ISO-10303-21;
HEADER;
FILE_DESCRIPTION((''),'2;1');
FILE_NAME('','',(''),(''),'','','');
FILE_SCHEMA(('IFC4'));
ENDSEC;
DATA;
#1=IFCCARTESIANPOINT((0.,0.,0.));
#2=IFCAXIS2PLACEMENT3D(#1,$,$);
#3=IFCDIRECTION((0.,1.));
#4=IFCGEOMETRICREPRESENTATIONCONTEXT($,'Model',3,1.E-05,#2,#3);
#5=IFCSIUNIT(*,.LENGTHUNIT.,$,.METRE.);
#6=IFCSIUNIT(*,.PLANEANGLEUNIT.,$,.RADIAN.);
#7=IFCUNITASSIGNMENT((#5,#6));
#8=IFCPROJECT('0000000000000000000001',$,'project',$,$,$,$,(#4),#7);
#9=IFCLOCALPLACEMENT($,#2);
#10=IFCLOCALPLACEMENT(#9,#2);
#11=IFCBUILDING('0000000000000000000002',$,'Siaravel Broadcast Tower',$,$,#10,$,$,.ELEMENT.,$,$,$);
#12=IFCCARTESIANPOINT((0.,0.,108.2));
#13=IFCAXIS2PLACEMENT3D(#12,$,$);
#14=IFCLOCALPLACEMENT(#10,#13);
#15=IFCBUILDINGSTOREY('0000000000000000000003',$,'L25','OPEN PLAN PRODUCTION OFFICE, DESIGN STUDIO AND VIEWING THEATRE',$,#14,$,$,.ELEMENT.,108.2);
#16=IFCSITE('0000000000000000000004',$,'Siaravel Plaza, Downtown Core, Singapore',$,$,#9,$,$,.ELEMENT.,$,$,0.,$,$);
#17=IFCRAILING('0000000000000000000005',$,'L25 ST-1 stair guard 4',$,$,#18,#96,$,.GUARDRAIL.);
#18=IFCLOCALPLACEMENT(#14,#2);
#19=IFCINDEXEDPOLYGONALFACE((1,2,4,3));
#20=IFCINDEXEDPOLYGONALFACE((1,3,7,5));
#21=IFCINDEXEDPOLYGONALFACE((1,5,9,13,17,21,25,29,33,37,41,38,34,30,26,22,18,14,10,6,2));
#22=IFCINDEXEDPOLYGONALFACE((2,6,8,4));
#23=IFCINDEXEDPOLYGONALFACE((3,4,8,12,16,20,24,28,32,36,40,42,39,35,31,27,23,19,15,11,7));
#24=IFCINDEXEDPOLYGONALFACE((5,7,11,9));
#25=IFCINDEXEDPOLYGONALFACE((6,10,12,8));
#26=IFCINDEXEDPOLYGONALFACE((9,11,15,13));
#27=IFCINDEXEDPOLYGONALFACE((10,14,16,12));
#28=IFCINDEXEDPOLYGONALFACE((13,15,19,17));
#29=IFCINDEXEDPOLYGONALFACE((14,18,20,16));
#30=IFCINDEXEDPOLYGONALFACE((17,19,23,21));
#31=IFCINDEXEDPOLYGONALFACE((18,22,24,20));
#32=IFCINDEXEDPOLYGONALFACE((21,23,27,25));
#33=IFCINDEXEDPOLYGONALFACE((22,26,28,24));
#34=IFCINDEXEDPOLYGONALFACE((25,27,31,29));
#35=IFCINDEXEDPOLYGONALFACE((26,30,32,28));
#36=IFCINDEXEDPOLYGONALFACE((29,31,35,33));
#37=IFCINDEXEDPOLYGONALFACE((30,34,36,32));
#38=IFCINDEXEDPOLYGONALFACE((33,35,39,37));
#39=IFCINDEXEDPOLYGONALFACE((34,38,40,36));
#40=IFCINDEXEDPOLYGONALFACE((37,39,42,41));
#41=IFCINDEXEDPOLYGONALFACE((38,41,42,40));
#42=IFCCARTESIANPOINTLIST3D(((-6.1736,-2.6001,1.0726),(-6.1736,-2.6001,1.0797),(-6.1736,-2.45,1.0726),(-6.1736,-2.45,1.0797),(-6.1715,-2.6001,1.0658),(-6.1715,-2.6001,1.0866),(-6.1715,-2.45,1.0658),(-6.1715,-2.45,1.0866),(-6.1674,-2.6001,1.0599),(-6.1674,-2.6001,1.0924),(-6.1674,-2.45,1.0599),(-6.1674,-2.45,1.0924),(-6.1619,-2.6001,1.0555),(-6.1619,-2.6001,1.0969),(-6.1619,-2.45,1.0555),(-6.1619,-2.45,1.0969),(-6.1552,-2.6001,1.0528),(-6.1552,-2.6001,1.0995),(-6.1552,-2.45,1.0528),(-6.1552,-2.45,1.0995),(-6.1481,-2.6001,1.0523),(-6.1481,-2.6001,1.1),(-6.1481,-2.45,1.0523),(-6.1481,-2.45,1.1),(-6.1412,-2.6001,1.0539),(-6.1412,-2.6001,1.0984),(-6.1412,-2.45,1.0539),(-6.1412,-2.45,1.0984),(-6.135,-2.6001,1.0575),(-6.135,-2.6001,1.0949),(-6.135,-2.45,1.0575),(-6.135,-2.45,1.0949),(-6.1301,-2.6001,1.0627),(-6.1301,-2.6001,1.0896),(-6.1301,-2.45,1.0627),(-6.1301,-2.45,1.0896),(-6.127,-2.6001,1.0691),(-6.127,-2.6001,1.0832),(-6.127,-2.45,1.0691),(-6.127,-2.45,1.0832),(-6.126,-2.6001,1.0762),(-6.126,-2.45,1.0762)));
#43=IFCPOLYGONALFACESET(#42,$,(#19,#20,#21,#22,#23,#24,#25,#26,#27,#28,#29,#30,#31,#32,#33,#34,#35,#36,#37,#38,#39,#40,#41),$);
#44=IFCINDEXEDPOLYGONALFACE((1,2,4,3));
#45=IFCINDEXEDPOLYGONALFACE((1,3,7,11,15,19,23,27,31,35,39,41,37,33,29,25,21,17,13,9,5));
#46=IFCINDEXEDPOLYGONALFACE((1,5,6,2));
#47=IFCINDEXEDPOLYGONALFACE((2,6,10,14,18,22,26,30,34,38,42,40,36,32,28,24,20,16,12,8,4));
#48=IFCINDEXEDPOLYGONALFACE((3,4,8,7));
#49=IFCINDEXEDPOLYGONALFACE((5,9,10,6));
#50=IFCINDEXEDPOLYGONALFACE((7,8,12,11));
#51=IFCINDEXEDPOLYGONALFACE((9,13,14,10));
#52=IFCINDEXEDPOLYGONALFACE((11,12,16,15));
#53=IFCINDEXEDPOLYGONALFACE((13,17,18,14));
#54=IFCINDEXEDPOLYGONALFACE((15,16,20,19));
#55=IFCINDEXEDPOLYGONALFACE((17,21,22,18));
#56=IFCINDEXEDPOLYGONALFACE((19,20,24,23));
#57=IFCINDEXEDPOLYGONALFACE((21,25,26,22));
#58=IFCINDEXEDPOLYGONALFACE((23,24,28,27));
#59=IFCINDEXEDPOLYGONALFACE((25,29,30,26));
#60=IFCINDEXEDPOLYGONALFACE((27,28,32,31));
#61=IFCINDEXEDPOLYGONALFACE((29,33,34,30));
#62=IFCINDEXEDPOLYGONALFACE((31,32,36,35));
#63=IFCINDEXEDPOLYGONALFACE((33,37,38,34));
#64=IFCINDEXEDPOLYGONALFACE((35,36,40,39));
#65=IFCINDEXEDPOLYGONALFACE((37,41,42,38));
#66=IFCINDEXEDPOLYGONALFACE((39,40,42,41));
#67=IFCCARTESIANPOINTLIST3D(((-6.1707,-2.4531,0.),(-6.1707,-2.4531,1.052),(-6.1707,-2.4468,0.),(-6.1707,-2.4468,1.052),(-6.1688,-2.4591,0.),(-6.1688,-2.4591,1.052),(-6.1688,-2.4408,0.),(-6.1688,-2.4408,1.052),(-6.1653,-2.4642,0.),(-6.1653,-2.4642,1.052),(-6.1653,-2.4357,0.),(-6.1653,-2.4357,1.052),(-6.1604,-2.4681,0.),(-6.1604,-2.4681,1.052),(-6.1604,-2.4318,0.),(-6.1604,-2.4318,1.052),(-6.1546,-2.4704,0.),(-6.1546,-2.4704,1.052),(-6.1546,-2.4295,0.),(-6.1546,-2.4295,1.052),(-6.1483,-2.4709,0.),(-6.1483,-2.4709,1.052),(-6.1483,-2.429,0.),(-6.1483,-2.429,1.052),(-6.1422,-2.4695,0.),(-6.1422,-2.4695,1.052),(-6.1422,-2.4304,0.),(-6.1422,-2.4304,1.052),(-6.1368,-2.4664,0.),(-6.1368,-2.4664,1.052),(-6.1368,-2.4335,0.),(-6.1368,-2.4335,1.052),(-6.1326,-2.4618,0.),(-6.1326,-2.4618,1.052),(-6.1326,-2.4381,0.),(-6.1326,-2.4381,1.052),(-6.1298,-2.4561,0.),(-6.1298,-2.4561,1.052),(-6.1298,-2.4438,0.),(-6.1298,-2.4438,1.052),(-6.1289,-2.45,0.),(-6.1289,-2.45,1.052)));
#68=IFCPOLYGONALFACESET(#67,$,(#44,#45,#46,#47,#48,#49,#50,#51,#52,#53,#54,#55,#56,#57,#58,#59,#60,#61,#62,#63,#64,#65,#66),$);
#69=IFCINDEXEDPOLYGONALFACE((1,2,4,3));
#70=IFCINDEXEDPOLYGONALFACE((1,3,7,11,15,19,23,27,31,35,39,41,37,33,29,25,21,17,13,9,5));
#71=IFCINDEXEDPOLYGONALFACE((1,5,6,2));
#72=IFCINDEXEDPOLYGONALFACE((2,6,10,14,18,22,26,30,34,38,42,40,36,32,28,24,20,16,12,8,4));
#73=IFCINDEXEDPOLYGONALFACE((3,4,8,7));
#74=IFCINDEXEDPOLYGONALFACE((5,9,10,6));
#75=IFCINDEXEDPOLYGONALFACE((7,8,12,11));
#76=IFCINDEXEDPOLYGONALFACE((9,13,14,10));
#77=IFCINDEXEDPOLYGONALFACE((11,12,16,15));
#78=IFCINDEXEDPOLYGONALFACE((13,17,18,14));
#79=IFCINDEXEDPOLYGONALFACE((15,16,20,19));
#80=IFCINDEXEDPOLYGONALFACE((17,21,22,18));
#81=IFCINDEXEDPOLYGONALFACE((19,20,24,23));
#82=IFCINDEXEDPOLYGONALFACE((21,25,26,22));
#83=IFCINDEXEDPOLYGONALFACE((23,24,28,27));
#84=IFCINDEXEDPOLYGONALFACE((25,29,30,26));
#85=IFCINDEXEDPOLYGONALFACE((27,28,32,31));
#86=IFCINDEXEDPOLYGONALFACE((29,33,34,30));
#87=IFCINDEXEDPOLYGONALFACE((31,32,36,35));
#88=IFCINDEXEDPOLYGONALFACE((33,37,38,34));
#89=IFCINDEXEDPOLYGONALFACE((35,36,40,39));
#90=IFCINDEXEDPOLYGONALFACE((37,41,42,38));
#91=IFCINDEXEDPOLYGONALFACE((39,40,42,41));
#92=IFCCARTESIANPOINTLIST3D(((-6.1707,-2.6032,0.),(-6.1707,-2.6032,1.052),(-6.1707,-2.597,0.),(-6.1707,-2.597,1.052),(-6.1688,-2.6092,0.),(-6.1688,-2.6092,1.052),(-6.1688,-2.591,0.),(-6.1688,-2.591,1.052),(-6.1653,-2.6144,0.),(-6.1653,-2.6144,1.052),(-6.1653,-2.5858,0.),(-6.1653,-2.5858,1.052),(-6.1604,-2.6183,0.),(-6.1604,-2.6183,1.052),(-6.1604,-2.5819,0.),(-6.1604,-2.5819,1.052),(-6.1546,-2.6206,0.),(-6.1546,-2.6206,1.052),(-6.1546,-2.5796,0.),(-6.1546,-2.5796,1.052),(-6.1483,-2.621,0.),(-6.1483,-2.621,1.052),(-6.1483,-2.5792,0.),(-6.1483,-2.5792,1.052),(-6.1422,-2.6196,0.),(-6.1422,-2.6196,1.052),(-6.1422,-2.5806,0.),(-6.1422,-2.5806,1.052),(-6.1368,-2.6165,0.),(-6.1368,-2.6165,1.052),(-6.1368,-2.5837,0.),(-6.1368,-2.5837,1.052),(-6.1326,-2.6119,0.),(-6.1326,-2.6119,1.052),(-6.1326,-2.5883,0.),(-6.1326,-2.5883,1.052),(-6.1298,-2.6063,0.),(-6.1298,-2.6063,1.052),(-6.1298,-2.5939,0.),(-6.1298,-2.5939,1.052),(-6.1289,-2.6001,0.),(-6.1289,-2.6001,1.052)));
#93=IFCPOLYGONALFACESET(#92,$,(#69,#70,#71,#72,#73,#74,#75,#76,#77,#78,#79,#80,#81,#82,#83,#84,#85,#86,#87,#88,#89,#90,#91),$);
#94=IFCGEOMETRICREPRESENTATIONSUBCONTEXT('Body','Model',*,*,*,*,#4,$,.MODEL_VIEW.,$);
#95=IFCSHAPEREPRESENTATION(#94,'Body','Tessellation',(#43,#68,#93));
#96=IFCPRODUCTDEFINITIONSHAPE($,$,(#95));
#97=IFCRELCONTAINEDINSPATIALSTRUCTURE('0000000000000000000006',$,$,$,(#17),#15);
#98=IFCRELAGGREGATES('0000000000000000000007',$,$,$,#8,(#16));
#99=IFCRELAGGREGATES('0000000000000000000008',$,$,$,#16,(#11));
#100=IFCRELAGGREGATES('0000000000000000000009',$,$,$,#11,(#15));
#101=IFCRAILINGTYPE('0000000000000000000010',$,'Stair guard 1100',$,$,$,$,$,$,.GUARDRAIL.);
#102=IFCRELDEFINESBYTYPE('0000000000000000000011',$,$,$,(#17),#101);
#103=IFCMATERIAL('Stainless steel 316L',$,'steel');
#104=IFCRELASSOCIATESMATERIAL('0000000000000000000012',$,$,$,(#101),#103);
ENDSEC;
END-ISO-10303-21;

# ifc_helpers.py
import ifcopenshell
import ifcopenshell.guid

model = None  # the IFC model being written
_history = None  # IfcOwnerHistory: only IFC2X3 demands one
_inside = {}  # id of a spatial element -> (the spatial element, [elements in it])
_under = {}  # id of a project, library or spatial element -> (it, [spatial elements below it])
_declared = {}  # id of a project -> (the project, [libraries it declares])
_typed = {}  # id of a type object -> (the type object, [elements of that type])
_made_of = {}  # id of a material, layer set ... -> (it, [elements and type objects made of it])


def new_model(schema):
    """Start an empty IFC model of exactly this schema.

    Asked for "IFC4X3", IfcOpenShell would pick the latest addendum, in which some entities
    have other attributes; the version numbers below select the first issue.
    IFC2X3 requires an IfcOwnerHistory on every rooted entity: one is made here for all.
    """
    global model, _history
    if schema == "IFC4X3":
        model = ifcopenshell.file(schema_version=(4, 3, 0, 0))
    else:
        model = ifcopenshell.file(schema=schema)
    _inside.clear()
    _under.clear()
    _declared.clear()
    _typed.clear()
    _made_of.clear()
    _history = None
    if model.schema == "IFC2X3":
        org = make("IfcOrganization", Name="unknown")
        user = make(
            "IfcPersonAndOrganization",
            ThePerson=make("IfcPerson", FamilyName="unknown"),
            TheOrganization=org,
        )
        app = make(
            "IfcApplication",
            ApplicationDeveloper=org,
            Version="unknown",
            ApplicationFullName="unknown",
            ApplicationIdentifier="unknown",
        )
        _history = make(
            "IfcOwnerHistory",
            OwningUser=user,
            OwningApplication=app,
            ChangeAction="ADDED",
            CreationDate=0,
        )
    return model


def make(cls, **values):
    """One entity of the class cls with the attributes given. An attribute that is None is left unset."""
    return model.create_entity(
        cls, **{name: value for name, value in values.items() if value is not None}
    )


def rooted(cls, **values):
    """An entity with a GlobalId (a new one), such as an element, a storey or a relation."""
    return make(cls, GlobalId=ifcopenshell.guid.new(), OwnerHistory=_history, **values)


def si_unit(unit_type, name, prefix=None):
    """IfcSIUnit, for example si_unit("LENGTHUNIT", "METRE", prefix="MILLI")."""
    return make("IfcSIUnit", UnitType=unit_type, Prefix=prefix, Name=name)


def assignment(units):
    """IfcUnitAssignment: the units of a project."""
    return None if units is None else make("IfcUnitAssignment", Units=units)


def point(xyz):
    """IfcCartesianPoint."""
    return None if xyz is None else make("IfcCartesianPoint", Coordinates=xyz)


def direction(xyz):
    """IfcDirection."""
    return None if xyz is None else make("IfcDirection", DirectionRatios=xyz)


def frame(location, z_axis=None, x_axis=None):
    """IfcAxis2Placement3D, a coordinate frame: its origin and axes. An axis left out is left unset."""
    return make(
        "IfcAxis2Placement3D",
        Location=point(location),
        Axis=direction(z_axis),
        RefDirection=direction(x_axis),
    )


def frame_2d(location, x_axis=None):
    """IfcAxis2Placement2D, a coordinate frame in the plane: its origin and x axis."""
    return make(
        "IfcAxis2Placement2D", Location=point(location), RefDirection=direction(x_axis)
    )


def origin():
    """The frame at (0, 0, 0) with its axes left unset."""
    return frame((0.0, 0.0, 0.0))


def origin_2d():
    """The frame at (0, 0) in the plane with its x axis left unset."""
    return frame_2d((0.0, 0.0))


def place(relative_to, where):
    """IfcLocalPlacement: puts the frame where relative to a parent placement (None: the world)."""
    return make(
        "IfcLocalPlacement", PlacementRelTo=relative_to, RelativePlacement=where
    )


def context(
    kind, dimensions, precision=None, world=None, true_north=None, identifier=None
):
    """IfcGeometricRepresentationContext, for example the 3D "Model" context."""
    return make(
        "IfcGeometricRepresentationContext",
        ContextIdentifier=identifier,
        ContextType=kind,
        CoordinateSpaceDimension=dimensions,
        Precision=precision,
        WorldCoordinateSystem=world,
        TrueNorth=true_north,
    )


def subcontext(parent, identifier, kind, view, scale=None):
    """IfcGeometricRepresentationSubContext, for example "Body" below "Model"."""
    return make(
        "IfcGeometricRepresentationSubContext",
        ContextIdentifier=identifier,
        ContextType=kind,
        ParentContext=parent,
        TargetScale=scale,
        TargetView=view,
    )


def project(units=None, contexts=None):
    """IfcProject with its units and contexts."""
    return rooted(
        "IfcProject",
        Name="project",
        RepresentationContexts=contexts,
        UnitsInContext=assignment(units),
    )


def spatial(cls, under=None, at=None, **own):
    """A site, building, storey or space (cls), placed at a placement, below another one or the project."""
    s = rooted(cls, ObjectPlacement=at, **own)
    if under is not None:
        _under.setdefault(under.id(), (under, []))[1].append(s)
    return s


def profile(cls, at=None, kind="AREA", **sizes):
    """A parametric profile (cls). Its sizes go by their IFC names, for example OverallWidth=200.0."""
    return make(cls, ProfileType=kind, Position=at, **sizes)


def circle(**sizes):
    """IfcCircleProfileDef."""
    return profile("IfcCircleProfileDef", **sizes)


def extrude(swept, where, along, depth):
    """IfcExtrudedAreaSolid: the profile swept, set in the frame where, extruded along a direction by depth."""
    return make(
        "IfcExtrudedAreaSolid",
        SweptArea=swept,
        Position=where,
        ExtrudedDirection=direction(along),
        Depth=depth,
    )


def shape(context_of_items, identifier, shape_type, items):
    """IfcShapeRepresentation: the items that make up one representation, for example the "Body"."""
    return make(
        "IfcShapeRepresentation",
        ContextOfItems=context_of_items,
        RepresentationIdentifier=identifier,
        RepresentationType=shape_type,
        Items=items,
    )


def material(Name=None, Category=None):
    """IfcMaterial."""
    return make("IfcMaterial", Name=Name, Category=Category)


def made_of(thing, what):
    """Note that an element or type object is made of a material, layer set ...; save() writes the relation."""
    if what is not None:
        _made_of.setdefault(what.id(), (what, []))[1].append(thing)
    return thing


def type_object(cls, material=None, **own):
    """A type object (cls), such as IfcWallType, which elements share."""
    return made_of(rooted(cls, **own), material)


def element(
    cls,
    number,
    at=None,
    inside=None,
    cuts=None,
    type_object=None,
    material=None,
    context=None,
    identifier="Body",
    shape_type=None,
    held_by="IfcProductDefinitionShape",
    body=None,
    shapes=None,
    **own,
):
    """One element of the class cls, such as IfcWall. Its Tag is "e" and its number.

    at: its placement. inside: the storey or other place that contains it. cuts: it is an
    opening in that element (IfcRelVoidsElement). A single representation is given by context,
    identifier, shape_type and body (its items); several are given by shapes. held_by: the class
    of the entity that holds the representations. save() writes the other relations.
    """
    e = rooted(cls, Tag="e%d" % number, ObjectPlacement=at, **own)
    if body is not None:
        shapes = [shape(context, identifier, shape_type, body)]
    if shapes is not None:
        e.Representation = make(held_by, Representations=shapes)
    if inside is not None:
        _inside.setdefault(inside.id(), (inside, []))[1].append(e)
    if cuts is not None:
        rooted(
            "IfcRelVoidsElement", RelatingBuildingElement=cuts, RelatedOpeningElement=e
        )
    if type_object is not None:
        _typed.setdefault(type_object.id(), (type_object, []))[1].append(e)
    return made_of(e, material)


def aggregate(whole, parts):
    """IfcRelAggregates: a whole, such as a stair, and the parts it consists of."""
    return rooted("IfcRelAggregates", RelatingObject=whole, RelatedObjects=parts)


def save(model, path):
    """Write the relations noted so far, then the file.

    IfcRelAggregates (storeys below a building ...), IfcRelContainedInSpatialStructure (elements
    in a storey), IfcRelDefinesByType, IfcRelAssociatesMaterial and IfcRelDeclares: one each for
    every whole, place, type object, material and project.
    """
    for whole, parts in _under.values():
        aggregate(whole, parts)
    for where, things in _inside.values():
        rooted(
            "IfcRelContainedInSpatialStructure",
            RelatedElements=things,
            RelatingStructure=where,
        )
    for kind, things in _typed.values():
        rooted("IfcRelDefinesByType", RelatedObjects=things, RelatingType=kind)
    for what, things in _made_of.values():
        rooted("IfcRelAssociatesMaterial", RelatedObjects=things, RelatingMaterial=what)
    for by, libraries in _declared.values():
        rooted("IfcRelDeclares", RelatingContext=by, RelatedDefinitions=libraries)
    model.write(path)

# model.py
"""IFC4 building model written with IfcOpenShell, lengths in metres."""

from ifc_helpers import new_model, si_unit, direction, frame, origin, origin_2d, place, context, subcontext, project, spatial, circle, extrude, material, type_object, element, save


model = new_model("IFC4")

# Units and contexts
model_context = context("Model", 3, precision=1e-05, world=origin(), true_north=direction((0.0, 1.0)))
body_context = subcontext(model_context, "Body", "Model", "MODEL_VIEW")
ifc_project = project(units=[si_unit("LENGTHUNIT", "METRE"), si_unit("PLANEANGLEUNIT", "RADIAN")], contexts=[model_context])

# Site, building, storey
site_placement = place(None, origin())
site = spatial("IfcSite", under=ifc_project, at=site_placement, Name="Siaravel Plaza, Downtown Core, Singapore", CompositionType="ELEMENT", RefElevation=0.0)
building_placement = place(site_placement, origin())
building = spatial("IfcBuilding", under=site, at=building_placement, Name="Siaravel Broadcast Tower", CompositionType="ELEMENT")
storey_placement = place(building_placement, frame((0.0, 0.0, 108.2)))
storey = spatial("IfcBuildingStorey", under=building, at=storey_placement, Name="L25", Description="OPEN PLAN PRODUCTION OFFICE, DESIGN STUDIO AND VIEWING THEATRE", CompositionType="ELEMENT", Elevation=108.2)

# Shared definitions
ifc_material_1 = material(Name="Stainless steel 316L", Category="steel")

# Railing
railing_type_1 = type_object("IfcRailingType", Name="Stair guard 1100", PredefinedType="GUARDRAIL", material=ifc_material_1)
railing_1_placement = place(storey_placement, frame((-6.1499, -2.45, 0.0)))
element("IfcRailing", 1, at=railing_1_placement, inside=storey, type_object=railing_type_1, Name="L25 ST-1 stair guard 4", PredefinedType="GUARDRAIL", context=body_context, shape_type="SweptSolid", body=[
    extrude(circle(Radius=0.0239, at=origin_2d()), frame((0.0, 0.0, 1.0762), z_axis=(0.0, -1.0, 0.0), x_axis=(1.0, 0.0, 0.0)), (0.0, 0.0, 1.0), 0.1501),
    extrude(circle(Radius=0.021, at=origin_2d()), origin(), (0.0, 0.0, 1.0), 1.052),
    extrude(circle(Radius=0.021, at=origin_2d()), frame((0.0, -0.1501, 0.0)), (0.0, 0.0, 1.0), 1.052),
])

save(model, "model.ifc")
